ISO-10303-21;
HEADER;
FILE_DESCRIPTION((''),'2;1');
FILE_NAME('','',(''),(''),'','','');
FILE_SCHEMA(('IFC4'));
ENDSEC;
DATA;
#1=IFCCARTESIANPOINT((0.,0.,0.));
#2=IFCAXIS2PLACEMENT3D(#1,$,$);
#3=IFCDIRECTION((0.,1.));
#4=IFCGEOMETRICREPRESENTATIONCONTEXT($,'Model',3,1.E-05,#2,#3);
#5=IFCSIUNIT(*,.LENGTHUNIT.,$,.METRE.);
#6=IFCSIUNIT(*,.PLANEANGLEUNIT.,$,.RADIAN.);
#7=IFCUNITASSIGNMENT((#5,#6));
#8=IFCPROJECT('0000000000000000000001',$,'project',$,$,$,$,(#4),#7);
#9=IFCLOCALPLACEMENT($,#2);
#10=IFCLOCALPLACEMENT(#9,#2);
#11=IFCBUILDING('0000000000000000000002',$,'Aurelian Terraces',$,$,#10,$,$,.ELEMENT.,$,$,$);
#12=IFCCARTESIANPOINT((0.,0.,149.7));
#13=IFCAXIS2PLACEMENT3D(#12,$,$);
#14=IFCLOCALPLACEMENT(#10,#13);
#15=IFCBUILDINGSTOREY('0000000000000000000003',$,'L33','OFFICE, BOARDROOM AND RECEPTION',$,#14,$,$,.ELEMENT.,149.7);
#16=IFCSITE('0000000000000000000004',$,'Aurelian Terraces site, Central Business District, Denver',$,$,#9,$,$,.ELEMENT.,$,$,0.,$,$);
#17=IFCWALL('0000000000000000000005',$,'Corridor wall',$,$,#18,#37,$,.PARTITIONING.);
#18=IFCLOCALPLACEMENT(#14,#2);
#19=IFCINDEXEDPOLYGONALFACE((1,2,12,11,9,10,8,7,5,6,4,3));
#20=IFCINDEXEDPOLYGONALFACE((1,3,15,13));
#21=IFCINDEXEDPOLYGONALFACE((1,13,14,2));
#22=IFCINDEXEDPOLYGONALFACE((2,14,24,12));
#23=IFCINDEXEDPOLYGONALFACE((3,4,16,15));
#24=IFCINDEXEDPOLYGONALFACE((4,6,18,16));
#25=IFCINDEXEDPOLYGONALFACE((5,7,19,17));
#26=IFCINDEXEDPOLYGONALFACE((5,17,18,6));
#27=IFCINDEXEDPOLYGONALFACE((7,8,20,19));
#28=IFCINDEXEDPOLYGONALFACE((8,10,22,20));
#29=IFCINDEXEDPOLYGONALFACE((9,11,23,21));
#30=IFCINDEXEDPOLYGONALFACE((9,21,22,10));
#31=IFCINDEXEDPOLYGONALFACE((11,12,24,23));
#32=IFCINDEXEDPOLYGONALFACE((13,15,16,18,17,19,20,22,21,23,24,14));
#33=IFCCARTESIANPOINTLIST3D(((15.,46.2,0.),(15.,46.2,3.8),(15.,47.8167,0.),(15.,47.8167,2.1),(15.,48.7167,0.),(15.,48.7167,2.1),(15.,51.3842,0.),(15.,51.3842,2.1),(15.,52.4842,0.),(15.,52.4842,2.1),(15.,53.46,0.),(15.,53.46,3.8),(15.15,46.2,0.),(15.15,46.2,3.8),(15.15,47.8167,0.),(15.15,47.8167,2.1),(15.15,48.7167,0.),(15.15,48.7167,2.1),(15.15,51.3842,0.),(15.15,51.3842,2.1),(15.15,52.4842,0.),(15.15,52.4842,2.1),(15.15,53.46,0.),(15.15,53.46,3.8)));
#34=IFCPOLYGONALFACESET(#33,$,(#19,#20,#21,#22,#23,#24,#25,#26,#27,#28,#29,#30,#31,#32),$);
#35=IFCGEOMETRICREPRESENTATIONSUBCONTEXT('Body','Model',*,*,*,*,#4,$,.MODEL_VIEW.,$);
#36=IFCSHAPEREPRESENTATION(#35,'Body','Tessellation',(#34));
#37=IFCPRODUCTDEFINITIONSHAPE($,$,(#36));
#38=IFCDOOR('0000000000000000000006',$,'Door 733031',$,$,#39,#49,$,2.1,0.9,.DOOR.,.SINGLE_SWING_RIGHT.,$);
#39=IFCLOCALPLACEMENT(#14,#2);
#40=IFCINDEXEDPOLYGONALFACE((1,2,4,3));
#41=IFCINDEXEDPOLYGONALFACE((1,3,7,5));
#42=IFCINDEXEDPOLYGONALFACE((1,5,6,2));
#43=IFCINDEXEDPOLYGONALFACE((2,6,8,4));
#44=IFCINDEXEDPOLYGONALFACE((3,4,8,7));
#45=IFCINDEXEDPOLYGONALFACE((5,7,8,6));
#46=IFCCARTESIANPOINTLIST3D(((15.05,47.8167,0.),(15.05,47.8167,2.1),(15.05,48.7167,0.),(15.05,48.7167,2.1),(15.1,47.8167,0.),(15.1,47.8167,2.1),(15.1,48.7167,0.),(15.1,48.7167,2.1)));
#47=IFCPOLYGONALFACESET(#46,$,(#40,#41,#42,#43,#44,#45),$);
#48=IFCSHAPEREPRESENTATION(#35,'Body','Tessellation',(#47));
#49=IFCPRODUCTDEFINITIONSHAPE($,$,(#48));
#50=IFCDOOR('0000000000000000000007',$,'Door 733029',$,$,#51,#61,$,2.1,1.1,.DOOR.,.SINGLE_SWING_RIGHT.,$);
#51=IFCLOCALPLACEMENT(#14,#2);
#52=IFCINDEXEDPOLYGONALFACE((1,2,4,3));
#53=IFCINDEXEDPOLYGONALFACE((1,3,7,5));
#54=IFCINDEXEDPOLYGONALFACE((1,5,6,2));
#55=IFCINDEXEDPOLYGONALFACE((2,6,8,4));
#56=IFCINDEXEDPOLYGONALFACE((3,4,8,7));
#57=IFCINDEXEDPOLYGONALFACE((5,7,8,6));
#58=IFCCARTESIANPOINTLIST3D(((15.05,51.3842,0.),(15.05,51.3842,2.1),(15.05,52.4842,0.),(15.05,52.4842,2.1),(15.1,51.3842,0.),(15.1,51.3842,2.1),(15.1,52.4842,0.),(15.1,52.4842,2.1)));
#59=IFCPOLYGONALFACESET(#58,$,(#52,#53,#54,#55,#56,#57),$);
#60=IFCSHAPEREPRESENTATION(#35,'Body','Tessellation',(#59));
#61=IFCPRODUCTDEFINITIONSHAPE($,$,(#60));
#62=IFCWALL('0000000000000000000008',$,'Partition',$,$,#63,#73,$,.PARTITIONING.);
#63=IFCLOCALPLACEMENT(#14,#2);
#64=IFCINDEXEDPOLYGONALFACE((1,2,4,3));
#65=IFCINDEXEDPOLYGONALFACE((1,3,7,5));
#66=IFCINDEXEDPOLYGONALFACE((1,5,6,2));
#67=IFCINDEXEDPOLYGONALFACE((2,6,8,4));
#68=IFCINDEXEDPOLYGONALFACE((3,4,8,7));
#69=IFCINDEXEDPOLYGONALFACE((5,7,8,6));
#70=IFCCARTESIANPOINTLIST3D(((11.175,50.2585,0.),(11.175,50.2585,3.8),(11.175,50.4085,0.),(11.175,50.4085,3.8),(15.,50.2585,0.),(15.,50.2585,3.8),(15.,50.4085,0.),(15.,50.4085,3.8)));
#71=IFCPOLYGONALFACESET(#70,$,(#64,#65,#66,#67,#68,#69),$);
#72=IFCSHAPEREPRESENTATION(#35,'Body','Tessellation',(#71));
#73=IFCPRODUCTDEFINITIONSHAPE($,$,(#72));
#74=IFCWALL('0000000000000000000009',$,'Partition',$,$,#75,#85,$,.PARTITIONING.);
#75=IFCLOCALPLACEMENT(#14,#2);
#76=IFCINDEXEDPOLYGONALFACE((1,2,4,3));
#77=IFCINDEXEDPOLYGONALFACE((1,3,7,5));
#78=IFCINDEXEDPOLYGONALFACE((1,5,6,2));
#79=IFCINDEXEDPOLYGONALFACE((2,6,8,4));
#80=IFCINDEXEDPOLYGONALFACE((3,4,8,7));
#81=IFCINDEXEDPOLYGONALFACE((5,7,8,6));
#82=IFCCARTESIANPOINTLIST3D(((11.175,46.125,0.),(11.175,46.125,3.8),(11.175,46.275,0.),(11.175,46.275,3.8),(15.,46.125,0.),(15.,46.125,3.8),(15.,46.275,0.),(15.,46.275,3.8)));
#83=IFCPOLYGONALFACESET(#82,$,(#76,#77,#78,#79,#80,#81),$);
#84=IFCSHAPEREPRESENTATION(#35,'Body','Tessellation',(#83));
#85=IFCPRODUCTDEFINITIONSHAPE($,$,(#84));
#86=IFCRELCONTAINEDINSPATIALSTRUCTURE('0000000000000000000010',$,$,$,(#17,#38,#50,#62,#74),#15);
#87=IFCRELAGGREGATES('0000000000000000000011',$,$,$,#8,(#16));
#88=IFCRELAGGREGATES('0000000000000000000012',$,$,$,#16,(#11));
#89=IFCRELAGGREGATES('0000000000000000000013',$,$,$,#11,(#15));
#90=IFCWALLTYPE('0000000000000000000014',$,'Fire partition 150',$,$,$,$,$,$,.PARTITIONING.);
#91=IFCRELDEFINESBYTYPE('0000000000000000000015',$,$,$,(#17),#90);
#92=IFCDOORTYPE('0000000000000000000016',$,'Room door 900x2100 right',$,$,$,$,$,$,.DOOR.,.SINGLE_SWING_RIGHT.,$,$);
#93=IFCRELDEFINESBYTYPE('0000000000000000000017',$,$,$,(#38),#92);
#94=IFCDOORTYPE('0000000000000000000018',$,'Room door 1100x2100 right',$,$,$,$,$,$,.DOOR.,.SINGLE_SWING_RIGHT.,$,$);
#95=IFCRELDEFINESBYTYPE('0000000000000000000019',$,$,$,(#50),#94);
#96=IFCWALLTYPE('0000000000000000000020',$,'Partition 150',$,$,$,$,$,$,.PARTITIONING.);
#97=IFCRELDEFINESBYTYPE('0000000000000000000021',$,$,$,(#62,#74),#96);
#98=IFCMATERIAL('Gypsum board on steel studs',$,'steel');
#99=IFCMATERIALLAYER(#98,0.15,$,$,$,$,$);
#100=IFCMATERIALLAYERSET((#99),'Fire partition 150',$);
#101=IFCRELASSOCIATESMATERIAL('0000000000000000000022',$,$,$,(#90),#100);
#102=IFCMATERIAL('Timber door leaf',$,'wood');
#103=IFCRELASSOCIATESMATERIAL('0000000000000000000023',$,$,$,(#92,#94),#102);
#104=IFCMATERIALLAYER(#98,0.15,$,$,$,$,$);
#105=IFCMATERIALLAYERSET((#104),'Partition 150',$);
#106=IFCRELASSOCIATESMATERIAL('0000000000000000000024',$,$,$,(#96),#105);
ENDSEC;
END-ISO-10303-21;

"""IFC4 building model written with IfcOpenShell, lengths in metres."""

from ifc_helpers import new_model, si_unit, direction, frame, frame_2d, origin, place, context, subcontext, project, spatial, rectangle, extrude, source, transform, mapped, material, layer, layer_set, type_object, element, fill, save


model = new_model("IFC4")

# Units and contexts
model_context = context("Model", 3, precision=1e-05, world=origin(), true_north=direction((0.0, 1.0)))
body_context = subcontext(model_context, "Body", "Model", "MODEL_VIEW")
ifc_project = project(units=[si_unit("LENGTHUNIT", "METRE"), si_unit("PLANEANGLEUNIT", "RADIAN")], contexts=[model_context])

# Site, building, storey
site_placement = place(None, origin())
site = spatial("IfcSite", under=ifc_project, at=site_placement, Name="Aurelian Terraces site, Central Business District, Denver", CompositionType="ELEMENT", RefElevation=0.0)
building_placement = place(site_placement, origin())
building = spatial("IfcBuilding", under=site, at=building_placement, Name="Aurelian Terraces", CompositionType="ELEMENT")
storey_placement = place(building_placement, frame((0.0, 0.0, 149.7)))
storey = spatial("IfcBuildingStorey", under=building, at=storey_placement, Name="L33", Description="OFFICE, BOARDROOM AND RECEPTION", CompositionType="ELEMENT", Elevation=149.7)

# Wall, openings, doors
ifc_material_1 = material(Name="Gypsum board on steel studs", Category="steel")
ifc_layer_1 = layer(ifc_material_1, 0.15)
ifc_layer_set_1 = layer_set([ifc_layer_1], Name="Fire partition 150")
wall_type_1 = type_object("IfcWallType", Name="Fire partition 150", PredefinedType="PARTITIONING", material=ifc_layer_set_1)
shared_shape_1 = source(origin(), body_context, "Body", "SweptSolid", [
    extrude(rectangle(XDim=7.26, YDim=0.15, at=frame_2d((3.63, 0.0))), origin(), (0.0, 0.0, 1.0), 3.8),
])
wall_1_placement = place(storey_placement, frame((15.075, 46.2, 0.0), z_axis=(0.0, 0.0, 1.0), x_axis=(0.0, 1.0, 0.0)))
wall_1 = element("IfcWall", 1, at=wall_1_placement, inside=storey, type_object=wall_type_1, Name="Corridor wall", PredefinedType="PARTITIONING", context=body_context, shape_type="MappedRepresentation", body=[
    mapped(shared_shape_1, transform((0.0, 0.0, 0.0), scale=1.0)),
])
shared_shape_2 = source(origin(), body_context, "Body", "SweptSolid", [
    extrude(rectangle(XDim=1.1, YDim=2.1, at=frame_2d((0.55, 1.05))), frame((0.0, 0.085, 0.0), z_axis=(0.0, -1.0, 0.0), x_axis=(1.0, 0.0, 0.0)), (0.0, 0.0, 1.0), 0.17),
])
opening_1_placement = place(wall_1_placement, frame((5.1842, 0.0, 0.0)))
opening_1 = element("IfcOpeningElement", 2, at=opening_1_placement, cuts=wall_1, PredefinedType="OPENING", context=body_context, shape_type="MappedRepresentation", body=[
    mapped(shared_shape_2, transform((0.0, 0.0, 0.0), scale=1.0)),
])
shared_shape_3 = source(origin(), body_context, "Body", "SweptSolid", [
    extrude(rectangle(XDim=0.9, YDim=2.1, at=frame_2d((0.45, 1.05))), frame((0.0, 0.085, 0.0), z_axis=(0.0, -1.0, 0.0), x_axis=(1.0, 0.0, 0.0)), (0.0, 0.0, 1.0), 0.17),
])
opening_2_placement = place(wall_1_placement, frame((1.6167, 0.0, 0.0)))
opening_2 = element("IfcOpeningElement", 3, at=opening_2_placement, cuts=wall_1, PredefinedType="OPENING", context=body_context, shape_type="MappedRepresentation", body=[
    mapped(shared_shape_3, transform((0.0, 0.0, 0.0), scale=1.0)),
])
ifc_material_2 = material(Name="Timber door leaf", Category="wood")
door_type_1 = type_object("IfcDoorType", Name="Room door 900x2100 right", OperationType="SINGLE_SWING_RIGHT", PredefinedType="DOOR", material=ifc_material_2)
shared_shape_4 = source(origin(), body_context, "Body", "SweptSolid", [
    extrude(rectangle(XDim=0.9, YDim=2.1, at=frame_2d((0.45, 1.05))), frame((0.0, 0.025, 0.0), z_axis=(0.0, -1.0, 0.0), x_axis=(1.0, 0.0, 0.0)), (0.0, 0.0, 1.0), 0.05),
])
door_1_placement = place(opening_2_placement, origin())
door_1 = element("IfcDoor", 4, at=door_1_placement, inside=storey, type_object=door_type_1, Name="Door 733031", OperationType="SINGLE_SWING_RIGHT", OverallHeight=2.1, OverallWidth=0.9, PredefinedType="DOOR", context=body_context, shape_type="MappedRepresentation", body=[
    mapped(shared_shape_4, transform((0.0, 0.0, 0.0), scale=1.0)),
])
fill(opening_2, door_1)
door_type_2 = type_object("IfcDoorType", Name="Room door 1100x2100 right", OperationType="SINGLE_SWING_RIGHT", PredefinedType="DOOR", material=ifc_material_2)
shared_shape_5 = source(origin(), body_context, "Body", "SweptSolid", [
    extrude(rectangle(XDim=1.1, YDim=2.1, at=frame_2d((0.55, 1.05))), frame((0.0, 0.025, 0.0), z_axis=(0.0, -1.0, 0.0), x_axis=(1.0, 0.0, 0.0)), (0.0, 0.0, 1.0), 0.05),
])
door_2_placement = place(opening_1_placement, origin())
door_2 = element("IfcDoor", 5, at=door_2_placement, inside=storey, type_object=door_type_2, Name="Door 733029", OperationType="SINGLE_SWING_RIGHT", OverallHeight=2.1, OverallWidth=1.1, PredefinedType="DOOR", context=body_context, shape_type="MappedRepresentation", body=[
    mapped(shared_shape_5, transform((0.0, 0.0, 0.0), scale=1.0)),
])
fill(opening_1, door_2)

# Walls
ifc_layer_2 = layer(ifc_material_1, 0.15)
ifc_layer_set_2 = layer_set([ifc_layer_2], Name="Partition 150")
wall_type_2 = type_object("IfcWallType", Name="Partition 150", PredefinedType="PARTITIONING", material=ifc_layer_set_2)
shared_shape_6 = source(origin(), body_context, "Body", "SweptSolid", [
    extrude(rectangle(XDim=3.825, YDim=0.15, at=frame_2d((1.9125, 0.0))), origin(), (0.0, 0.0, 1.0), 3.8),
])
for number, where, z_axis, x_axis, name in (
    (6, (15.0, 50.3335, 0.0), (0.0, 0.0, 1.0), (-1.0, 0.0, 0.0), "Partition"),
    (7, (15.0, 46.2, 0.0), (0.0, 0.0, 1.0), (-1.0, 0.0, 0.0), "Partition"),
):
    element("IfcWall", number, at=place(storey_placement, frame(where, z_axis=z_axis, x_axis=x_axis)), inside=storey, type_object=wall_type_2, Name=name, PredefinedType="PARTITIONING", context=body_context, shape_type="MappedRepresentation", body=[
        mapped(shared_shape_6, transform((0.0, 0.0, 0.0), scale=1.0)),
    ])

save(model, "model.ifc")
